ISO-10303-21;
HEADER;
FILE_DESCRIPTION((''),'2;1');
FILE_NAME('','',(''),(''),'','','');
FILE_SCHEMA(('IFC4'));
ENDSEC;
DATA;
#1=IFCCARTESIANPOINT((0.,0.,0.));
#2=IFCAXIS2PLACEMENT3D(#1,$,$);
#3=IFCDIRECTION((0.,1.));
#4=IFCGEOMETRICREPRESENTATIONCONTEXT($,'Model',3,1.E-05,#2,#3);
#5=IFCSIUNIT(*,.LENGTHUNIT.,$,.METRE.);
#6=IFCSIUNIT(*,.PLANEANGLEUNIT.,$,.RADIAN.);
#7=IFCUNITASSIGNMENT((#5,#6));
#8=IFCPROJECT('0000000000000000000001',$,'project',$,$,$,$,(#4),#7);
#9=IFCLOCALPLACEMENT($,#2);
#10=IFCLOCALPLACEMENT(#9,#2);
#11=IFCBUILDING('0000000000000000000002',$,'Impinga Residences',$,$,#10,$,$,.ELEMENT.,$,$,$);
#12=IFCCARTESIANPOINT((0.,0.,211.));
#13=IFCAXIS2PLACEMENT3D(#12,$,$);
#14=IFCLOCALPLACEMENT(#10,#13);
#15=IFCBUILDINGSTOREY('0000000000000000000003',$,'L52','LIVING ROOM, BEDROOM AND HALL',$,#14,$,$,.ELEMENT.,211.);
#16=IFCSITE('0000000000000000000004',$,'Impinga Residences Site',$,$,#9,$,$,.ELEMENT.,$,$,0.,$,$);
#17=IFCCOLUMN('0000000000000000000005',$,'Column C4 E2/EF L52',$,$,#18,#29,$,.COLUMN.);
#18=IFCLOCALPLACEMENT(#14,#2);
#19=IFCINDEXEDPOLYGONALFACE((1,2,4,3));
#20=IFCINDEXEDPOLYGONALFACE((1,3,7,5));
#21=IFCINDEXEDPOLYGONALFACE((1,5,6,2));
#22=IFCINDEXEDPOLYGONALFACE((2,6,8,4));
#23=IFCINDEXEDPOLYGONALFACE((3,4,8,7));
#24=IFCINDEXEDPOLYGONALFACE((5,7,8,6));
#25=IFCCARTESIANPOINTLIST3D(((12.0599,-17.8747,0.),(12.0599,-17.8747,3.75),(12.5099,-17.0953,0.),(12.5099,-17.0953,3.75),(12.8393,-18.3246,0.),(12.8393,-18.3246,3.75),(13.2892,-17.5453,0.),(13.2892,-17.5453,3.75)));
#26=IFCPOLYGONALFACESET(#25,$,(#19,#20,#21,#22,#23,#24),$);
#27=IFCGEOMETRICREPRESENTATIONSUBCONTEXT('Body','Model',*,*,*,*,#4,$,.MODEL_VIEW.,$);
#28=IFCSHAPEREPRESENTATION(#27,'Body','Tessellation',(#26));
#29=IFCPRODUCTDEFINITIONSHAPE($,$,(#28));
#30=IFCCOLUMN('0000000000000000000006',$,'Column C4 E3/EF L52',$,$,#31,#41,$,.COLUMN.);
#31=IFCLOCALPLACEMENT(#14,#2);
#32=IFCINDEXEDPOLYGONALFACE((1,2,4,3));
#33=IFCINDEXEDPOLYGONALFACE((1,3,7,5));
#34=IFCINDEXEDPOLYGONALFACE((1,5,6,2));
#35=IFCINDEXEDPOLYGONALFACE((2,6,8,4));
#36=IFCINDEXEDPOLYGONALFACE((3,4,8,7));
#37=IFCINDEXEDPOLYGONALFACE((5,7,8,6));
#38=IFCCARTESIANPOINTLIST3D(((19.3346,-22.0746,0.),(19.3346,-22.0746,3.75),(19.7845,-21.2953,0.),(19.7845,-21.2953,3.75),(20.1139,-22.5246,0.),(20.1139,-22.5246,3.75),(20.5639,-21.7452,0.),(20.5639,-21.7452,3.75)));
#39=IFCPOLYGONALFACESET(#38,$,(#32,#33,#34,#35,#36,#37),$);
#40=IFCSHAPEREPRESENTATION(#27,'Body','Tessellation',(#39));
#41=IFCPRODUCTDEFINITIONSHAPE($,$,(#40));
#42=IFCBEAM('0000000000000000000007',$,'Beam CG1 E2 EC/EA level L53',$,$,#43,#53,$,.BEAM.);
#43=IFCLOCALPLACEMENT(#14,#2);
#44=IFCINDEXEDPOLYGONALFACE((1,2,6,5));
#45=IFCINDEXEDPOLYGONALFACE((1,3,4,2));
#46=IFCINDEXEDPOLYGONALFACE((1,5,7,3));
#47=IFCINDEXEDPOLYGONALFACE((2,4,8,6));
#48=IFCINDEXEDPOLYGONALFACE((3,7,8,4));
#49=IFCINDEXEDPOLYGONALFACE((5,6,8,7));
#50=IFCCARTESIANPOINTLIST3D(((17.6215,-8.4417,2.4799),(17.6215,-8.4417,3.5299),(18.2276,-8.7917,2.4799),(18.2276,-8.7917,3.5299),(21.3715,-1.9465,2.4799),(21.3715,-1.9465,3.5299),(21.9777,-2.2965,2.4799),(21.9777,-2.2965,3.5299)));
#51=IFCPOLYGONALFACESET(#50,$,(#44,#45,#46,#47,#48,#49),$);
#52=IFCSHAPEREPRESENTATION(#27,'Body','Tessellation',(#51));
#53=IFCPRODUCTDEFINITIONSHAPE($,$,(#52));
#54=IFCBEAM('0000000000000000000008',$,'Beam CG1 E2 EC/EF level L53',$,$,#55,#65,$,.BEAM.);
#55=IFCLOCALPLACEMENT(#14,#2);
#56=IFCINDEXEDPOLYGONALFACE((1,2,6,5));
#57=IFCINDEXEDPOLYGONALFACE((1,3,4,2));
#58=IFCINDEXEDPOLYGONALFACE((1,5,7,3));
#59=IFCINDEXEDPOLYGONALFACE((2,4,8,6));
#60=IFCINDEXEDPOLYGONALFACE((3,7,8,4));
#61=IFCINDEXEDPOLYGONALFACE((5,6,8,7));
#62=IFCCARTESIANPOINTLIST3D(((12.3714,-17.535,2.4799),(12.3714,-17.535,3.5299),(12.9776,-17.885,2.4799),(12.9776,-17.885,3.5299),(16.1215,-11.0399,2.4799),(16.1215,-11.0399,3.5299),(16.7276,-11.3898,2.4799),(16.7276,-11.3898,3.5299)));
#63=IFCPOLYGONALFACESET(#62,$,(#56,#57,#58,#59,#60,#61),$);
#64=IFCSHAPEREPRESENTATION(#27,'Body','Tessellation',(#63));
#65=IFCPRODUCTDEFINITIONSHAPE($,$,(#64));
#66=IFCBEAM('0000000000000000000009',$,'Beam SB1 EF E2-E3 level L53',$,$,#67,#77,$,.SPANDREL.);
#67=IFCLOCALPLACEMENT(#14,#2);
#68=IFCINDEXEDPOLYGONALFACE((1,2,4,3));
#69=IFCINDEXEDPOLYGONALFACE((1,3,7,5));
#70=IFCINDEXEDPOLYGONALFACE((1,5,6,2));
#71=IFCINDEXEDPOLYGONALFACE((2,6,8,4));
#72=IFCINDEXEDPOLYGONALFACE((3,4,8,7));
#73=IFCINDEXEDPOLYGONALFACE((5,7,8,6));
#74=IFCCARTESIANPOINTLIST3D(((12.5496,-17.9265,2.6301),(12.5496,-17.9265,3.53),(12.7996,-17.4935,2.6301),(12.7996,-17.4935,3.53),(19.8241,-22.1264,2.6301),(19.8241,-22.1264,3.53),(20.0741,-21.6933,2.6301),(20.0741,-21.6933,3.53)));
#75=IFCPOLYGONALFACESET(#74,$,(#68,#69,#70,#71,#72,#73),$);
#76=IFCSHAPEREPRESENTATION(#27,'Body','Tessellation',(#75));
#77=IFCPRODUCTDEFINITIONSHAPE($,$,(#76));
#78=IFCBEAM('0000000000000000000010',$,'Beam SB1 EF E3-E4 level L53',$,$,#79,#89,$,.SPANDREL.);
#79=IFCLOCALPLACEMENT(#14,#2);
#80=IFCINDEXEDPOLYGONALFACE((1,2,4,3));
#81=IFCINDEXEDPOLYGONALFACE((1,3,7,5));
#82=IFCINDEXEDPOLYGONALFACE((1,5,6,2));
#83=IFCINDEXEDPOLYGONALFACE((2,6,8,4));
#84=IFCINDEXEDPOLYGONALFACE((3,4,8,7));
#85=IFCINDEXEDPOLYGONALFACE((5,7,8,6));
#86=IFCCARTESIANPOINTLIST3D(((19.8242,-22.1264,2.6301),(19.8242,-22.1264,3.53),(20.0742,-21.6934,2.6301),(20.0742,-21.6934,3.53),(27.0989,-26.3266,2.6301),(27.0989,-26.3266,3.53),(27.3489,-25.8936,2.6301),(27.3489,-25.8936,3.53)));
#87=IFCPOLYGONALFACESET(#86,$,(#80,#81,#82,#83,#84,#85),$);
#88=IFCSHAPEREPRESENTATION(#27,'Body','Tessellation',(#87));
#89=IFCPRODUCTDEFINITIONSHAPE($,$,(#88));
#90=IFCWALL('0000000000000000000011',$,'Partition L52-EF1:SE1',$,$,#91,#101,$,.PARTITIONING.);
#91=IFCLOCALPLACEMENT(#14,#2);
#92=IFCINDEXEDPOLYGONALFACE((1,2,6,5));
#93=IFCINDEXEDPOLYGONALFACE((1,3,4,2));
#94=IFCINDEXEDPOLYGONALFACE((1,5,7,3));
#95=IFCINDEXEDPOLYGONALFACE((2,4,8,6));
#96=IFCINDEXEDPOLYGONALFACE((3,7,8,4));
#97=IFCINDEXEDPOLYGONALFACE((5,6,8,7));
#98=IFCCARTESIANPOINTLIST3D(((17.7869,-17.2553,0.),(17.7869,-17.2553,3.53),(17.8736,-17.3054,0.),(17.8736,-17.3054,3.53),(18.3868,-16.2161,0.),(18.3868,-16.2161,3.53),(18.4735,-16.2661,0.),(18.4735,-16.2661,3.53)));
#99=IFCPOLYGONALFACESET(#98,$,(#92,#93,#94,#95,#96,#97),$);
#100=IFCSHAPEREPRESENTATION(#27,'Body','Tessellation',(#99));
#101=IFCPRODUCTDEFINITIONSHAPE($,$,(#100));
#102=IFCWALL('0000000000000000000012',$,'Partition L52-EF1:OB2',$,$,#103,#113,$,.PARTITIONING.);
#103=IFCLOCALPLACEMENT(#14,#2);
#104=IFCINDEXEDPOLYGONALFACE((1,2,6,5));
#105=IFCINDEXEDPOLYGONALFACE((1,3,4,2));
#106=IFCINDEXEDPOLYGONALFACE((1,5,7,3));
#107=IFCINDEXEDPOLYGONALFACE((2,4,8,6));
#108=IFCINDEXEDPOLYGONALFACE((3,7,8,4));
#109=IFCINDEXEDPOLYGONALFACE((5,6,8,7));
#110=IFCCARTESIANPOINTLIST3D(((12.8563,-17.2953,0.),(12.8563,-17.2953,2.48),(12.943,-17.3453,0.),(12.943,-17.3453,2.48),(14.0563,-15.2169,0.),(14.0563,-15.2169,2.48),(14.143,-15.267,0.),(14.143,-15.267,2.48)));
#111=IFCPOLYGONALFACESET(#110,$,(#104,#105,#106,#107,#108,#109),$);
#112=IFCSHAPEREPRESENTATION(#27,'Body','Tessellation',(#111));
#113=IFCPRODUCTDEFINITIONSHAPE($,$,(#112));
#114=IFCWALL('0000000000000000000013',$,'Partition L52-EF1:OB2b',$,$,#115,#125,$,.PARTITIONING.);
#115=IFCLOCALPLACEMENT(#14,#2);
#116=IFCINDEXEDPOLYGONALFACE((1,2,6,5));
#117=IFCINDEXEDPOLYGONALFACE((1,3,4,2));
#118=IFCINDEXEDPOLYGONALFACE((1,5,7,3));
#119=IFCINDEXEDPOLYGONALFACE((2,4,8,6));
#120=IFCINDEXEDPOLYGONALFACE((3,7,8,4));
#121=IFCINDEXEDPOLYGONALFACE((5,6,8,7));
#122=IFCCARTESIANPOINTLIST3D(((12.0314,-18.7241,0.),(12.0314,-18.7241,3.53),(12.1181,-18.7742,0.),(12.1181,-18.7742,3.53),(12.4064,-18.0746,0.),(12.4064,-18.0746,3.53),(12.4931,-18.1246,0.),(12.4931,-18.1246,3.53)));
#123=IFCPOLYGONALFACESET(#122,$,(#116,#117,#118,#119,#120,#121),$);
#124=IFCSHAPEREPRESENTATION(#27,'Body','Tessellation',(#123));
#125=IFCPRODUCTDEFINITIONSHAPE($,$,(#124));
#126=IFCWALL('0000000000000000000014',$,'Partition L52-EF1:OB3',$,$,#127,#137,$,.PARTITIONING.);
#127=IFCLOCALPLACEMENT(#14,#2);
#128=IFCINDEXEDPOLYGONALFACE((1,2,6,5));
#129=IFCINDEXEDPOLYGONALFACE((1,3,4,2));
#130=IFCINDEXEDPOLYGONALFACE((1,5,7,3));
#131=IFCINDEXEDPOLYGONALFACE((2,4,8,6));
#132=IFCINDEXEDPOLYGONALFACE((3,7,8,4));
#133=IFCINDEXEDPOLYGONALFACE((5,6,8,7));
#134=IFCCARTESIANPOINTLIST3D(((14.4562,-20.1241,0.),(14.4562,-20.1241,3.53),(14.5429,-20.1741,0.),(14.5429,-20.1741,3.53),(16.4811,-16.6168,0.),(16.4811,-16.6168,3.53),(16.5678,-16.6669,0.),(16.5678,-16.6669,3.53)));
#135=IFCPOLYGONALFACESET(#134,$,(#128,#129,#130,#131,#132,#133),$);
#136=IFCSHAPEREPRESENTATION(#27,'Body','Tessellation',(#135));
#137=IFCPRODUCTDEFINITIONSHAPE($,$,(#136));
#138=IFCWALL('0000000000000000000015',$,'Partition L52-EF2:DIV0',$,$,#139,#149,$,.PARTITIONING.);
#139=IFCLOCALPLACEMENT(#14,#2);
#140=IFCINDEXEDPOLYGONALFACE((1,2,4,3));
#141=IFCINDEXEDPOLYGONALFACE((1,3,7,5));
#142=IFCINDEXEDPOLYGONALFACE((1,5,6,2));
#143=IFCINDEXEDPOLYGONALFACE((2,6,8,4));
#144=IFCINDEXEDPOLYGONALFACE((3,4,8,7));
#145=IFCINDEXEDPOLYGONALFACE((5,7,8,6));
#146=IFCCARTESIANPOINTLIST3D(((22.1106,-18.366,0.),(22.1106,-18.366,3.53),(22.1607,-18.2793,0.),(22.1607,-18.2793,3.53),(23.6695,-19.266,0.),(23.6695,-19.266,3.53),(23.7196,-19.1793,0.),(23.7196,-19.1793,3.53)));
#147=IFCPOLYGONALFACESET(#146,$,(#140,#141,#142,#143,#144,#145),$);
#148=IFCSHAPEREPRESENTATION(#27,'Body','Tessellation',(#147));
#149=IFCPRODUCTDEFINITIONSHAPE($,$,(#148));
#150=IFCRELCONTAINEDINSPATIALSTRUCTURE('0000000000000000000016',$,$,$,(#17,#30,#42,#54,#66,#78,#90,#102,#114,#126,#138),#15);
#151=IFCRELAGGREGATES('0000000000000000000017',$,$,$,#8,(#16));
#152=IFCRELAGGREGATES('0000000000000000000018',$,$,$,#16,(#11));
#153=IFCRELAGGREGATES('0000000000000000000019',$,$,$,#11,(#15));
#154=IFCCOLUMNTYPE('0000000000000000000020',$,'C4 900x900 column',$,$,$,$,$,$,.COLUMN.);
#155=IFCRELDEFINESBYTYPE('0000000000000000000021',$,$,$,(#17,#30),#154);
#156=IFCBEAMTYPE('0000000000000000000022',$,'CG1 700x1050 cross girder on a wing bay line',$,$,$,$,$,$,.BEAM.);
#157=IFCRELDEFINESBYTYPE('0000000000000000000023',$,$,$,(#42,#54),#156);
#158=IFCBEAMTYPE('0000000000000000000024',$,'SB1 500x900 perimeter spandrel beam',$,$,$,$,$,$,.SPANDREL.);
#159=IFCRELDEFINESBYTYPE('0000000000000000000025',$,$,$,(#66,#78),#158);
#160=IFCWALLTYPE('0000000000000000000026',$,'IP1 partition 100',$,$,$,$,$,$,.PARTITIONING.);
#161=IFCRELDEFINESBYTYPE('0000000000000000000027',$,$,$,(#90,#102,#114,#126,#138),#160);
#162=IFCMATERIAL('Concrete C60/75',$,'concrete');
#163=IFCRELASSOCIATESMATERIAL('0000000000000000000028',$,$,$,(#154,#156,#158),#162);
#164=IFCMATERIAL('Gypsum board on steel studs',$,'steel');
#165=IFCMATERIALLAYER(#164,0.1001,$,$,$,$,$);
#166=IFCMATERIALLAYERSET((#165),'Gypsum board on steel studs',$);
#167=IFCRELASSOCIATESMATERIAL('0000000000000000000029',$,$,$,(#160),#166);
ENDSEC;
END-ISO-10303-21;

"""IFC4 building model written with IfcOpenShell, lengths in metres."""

from ifc_helpers import new_model, si_unit, direction, frame, frame_2d, origin, origin_2d, place, context, subcontext, project, spatial, rectangle, extrude, material, layer, layer_set, material_profile, profile_set, type_object, element, save


model = new_model("IFC4")

# Units and contexts
model_context = context("Model", 3, precision=1e-05, world=origin(), true_north=direction((0.0, 1.0)))
body_context = subcontext(model_context, "Body", "Model", "MODEL_VIEW")
ifc_project = project(units=[si_unit("LENGTHUNIT", "METRE"), si_unit("PLANEANGLEUNIT", "RADIAN")], contexts=[model_context])

# Site, building, storey
site_placement = place(None, origin())
site = spatial("IfcSite", under=ifc_project, at=site_placement, Name="Impinga Residences Site", CompositionType="ELEMENT", RefElevation=0.0)
building_placement = place(site_placement, origin())
building = spatial("IfcBuilding", under=site, at=building_placement, Name="Impinga Residences", CompositionType="ELEMENT")
storey_placement = place(building_placement, frame((0.0, 0.0, 211.0)))
storey = spatial("IfcBuildingStorey", under=building, at=storey_placement, Name="L52", Description="LIVING ROOM, BEDROOM AND HALL", CompositionType="ELEMENT", Elevation=211.0)

# Columns
ifc_material_1 = material(Name="Concrete C60/75", Category="concrete")
ifc_material_profile_1 = material_profile(ifc_material_1, rectangle(XDim=0.8999, YDim=0.8999, at=origin_2d()), Name="RC 900x900")
ifc_profile_set_1 = profile_set([ifc_material_profile_1], Name="Concrete C60/75")
column_type = type_object("IfcColumnType", Name="C4 900x900 column", PredefinedType="COLUMN", material=ifc_profile_set_1)
for number, where, z_axis, x_axis, name in (
    (1, (12.6746, -17.71, 0.0), (0.0, 0.0, 1.0), (-0.5, -0.866025, 0.0), "Column C4 E2/EF L52"),
    (2, (19.9492, -21.9099, 0.0), (0.0, 0.0, 1.0), (-0.5, -0.866025, 0.0), "Column C4 E3/EF L52"),
):
    element("IfcColumn", number, at=place(storey_placement, frame(where, z_axis=z_axis, x_axis=x_axis)), inside=storey, type_object=column_type, Name=name, PredefinedType="COLUMN", context=body_context, shape_type="SweptSolid", body=[
        extrude(rectangle(XDim=0.8999, YDim=0.8999, at=origin_2d()), origin(), (0.0, 0.0, 1.0), 3.75),
    ])

# Beams
ifc_material_profile_2 = material_profile(ifc_material_1, rectangle(XDim=0.7, YDim=1.05, at=origin_2d()), Name="RC 700x1050")
ifc_profile_set_2 = profile_set([ifc_material_profile_2], Name="Concrete C60/75")
beam_type_1 = type_object("IfcBeamType", Name="CG1 700x1050 cross girder on a wing bay line", PredefinedType="BEAM", material=ifc_profile_set_2)
for number, where, z_axis, x_axis, name in (
    (3, (17.9246, -8.6167, 3.0049), (0.500004, 0.866023, 0.0), (-0.866023, 0.500004, 0.0), "Beam CG1 E2 EC/EA level L53"),
    (4, (16.4246, -11.2148, 3.0049), (-0.500004, -0.866023, 0.0), (0.866023, -0.500004, 0.0), "Beam CG1 E2 EC/EF level L53"),
):
    element("IfcBeam", number, at=place(storey_placement, frame(where, z_axis=z_axis, x_axis=x_axis)), inside=storey, type_object=beam_type_1, Name=name, PredefinedType="BEAM", context=body_context, shape_type="SweptSolid", body=[
        extrude(rectangle(XDim=0.7, YDim=1.05, at=origin_2d()), origin(), (0.0, 0.0, 1.0), 7.5),
    ])
ifc_material_profile_3 = material_profile(ifc_material_1, rectangle(XDim=0.5, YDim=0.8999, at=origin_2d()), Name="RC 500x900")
ifc_profile_set_3 = profile_set([ifc_material_profile_3], Name="Concrete C60/75")
beam_type_2 = type_object("IfcBeamType", Name="SB1 500x900 perimeter spandrel beam", PredefinedType="SPANDREL", material=ifc_profile_set_3)
beam_1_placement = place(storey_placement, frame((12.6746, -17.71, 3.0801), z_axis=(0.866029, -0.499993, 0.0), x_axis=(0.499993, 0.866029, 0.0)))
element("IfcBeam", 5, at=beam_1_placement, inside=storey, type_object=beam_type_2, Name="Beam SB1 EF E2-E3 level L53", PredefinedType="SPANDREL", context=body_context, shape_type="SweptSolid", body=[
    extrude(rectangle(XDim=0.5, YDim=0.8999, at=origin_2d()), origin(), (0.0, 0.0, 1.0), 8.3999),
])
beam_2_placement = place(storey_placement, frame((19.9492, -21.9099, 3.0801), z_axis=(0.866017, -0.500015, 0.0), x_axis=(0.500015, 0.866017, 0.0)))
element("IfcBeam", 6, at=beam_2_placement, inside=storey, type_object=beam_type_2, Name="Beam SB1 EF E3-E4 level L53", PredefinedType="SPANDREL", context=body_context, shape_type="SweptSolid", body=[
    extrude(rectangle(XDim=0.5, YDim=0.8999, at=origin_2d()), origin(), (0.0, 0.0, 1.0), 8.4001),
])

# Walls
ifc_material_2 = material(Name="Gypsum board on steel studs", Category="steel")
ifc_layer_1 = layer(ifc_material_2, 0.1001)
ifc_layer_set_1 = layer_set([ifc_layer_1], Name="Gypsum board on steel studs")
wall_type_1 = type_object("IfcWallType", Name="IP1 partition 100", PredefinedType="PARTITIONING", material=ifc_layer_set_1)
wall_1_placement = place(storey_placement, frame((18.4302, -16.241, 0.0), z_axis=(0.0, 0.0, 1.0), x_axis=(-0.499881, -0.866094, 0.0)))
element("IfcWall", 7, at=wall_1_placement, inside=storey, type_object=wall_type_1, Name="Partition L52-EF1:SE1", PredefinedType="PARTITIONING", context=body_context, shape_type="SweptSolid", body=[
    extrude(rectangle(XDim=1.2, YDim=0.1001, at=frame_2d((0.6001, 0.0))), origin(), (0.0, 0.0, 1.0), 3.53),
])
wall_2_placement = place(storey_placement, frame((14.0996, -15.2419, 0.0), z_axis=(0.0, 0.0, 1.0), x_axis=(-0.500001, -0.866025, 0.0)))
element("IfcWall", 8, at=wall_2_placement, inside=storey, type_object=wall_type_1, Name="Partition L52-EF1:OB2", PredefinedType="PARTITIONING", context=body_context, shape_type="SweptSolid", body=[
    extrude(rectangle(XDim=2.3999, YDim=0.1001, at=frame_2d((1.2, 0.0))), origin(), (0.0, 0.0, 1.0), 2.48),
])
wall_3_placement = place(storey_placement, frame((12.4497, -18.0996, 0.0), z_axis=(0.0, 0.0, 1.0), x_axis=(-0.49992, -0.866072, 0.0)))
element("IfcWall", 9, at=wall_3_placement, inside=storey, type_object=wall_type_1, Name="Partition L52-EF1:OB2b", PredefinedType="PARTITIONING", context=body_context, shape_type="SweptSolid", body=[
    extrude(rectangle(XDim=0.75, YDim=0.1001, at=frame_2d((0.375, 0.0))), origin(), (0.0, 0.0, 1.0), 3.53),
])
wall_4_placement = place(storey_placement, frame((16.5244, -16.6418, 0.0), z_axis=(0.0, 0.0, 1.0), x_axis=(-0.49999, -0.866031, 0.0)))
element("IfcWall", 10, at=wall_4_placement, inside=storey, type_object=wall_type_1, Name="Partition L52-EF1:OB3", PredefinedType="PARTITIONING", context=body_context, shape_type="SweptSolid", body=[
    extrude(rectangle(XDim=4.0498, YDim=0.1001, at=frame_2d((2.0249, 0.0))), origin(), (0.0, 0.0, 1.0), 3.53),
])
wall_5_placement = place(storey_placement, frame((22.1357, -18.3228, 0.0), z_axis=(0.0, 0.0, 1.0), x_axis=(0.866048, -0.499961, 0.0)))
element("IfcWall", 11, at=wall_5_placement, inside=storey, type_object=wall_type_1, Name="Partition L52-EF2:DIV0", PredefinedType="PARTITIONING", context=body_context, shape_type="SweptSolid", body=[
    extrude(rectangle(XDim=1.8, YDim=0.1001, at=frame_2d((0.8999, 0.0))), origin(), (0.0, 0.0, 1.0), 3.53),
])

save(model, "model.ifc")
